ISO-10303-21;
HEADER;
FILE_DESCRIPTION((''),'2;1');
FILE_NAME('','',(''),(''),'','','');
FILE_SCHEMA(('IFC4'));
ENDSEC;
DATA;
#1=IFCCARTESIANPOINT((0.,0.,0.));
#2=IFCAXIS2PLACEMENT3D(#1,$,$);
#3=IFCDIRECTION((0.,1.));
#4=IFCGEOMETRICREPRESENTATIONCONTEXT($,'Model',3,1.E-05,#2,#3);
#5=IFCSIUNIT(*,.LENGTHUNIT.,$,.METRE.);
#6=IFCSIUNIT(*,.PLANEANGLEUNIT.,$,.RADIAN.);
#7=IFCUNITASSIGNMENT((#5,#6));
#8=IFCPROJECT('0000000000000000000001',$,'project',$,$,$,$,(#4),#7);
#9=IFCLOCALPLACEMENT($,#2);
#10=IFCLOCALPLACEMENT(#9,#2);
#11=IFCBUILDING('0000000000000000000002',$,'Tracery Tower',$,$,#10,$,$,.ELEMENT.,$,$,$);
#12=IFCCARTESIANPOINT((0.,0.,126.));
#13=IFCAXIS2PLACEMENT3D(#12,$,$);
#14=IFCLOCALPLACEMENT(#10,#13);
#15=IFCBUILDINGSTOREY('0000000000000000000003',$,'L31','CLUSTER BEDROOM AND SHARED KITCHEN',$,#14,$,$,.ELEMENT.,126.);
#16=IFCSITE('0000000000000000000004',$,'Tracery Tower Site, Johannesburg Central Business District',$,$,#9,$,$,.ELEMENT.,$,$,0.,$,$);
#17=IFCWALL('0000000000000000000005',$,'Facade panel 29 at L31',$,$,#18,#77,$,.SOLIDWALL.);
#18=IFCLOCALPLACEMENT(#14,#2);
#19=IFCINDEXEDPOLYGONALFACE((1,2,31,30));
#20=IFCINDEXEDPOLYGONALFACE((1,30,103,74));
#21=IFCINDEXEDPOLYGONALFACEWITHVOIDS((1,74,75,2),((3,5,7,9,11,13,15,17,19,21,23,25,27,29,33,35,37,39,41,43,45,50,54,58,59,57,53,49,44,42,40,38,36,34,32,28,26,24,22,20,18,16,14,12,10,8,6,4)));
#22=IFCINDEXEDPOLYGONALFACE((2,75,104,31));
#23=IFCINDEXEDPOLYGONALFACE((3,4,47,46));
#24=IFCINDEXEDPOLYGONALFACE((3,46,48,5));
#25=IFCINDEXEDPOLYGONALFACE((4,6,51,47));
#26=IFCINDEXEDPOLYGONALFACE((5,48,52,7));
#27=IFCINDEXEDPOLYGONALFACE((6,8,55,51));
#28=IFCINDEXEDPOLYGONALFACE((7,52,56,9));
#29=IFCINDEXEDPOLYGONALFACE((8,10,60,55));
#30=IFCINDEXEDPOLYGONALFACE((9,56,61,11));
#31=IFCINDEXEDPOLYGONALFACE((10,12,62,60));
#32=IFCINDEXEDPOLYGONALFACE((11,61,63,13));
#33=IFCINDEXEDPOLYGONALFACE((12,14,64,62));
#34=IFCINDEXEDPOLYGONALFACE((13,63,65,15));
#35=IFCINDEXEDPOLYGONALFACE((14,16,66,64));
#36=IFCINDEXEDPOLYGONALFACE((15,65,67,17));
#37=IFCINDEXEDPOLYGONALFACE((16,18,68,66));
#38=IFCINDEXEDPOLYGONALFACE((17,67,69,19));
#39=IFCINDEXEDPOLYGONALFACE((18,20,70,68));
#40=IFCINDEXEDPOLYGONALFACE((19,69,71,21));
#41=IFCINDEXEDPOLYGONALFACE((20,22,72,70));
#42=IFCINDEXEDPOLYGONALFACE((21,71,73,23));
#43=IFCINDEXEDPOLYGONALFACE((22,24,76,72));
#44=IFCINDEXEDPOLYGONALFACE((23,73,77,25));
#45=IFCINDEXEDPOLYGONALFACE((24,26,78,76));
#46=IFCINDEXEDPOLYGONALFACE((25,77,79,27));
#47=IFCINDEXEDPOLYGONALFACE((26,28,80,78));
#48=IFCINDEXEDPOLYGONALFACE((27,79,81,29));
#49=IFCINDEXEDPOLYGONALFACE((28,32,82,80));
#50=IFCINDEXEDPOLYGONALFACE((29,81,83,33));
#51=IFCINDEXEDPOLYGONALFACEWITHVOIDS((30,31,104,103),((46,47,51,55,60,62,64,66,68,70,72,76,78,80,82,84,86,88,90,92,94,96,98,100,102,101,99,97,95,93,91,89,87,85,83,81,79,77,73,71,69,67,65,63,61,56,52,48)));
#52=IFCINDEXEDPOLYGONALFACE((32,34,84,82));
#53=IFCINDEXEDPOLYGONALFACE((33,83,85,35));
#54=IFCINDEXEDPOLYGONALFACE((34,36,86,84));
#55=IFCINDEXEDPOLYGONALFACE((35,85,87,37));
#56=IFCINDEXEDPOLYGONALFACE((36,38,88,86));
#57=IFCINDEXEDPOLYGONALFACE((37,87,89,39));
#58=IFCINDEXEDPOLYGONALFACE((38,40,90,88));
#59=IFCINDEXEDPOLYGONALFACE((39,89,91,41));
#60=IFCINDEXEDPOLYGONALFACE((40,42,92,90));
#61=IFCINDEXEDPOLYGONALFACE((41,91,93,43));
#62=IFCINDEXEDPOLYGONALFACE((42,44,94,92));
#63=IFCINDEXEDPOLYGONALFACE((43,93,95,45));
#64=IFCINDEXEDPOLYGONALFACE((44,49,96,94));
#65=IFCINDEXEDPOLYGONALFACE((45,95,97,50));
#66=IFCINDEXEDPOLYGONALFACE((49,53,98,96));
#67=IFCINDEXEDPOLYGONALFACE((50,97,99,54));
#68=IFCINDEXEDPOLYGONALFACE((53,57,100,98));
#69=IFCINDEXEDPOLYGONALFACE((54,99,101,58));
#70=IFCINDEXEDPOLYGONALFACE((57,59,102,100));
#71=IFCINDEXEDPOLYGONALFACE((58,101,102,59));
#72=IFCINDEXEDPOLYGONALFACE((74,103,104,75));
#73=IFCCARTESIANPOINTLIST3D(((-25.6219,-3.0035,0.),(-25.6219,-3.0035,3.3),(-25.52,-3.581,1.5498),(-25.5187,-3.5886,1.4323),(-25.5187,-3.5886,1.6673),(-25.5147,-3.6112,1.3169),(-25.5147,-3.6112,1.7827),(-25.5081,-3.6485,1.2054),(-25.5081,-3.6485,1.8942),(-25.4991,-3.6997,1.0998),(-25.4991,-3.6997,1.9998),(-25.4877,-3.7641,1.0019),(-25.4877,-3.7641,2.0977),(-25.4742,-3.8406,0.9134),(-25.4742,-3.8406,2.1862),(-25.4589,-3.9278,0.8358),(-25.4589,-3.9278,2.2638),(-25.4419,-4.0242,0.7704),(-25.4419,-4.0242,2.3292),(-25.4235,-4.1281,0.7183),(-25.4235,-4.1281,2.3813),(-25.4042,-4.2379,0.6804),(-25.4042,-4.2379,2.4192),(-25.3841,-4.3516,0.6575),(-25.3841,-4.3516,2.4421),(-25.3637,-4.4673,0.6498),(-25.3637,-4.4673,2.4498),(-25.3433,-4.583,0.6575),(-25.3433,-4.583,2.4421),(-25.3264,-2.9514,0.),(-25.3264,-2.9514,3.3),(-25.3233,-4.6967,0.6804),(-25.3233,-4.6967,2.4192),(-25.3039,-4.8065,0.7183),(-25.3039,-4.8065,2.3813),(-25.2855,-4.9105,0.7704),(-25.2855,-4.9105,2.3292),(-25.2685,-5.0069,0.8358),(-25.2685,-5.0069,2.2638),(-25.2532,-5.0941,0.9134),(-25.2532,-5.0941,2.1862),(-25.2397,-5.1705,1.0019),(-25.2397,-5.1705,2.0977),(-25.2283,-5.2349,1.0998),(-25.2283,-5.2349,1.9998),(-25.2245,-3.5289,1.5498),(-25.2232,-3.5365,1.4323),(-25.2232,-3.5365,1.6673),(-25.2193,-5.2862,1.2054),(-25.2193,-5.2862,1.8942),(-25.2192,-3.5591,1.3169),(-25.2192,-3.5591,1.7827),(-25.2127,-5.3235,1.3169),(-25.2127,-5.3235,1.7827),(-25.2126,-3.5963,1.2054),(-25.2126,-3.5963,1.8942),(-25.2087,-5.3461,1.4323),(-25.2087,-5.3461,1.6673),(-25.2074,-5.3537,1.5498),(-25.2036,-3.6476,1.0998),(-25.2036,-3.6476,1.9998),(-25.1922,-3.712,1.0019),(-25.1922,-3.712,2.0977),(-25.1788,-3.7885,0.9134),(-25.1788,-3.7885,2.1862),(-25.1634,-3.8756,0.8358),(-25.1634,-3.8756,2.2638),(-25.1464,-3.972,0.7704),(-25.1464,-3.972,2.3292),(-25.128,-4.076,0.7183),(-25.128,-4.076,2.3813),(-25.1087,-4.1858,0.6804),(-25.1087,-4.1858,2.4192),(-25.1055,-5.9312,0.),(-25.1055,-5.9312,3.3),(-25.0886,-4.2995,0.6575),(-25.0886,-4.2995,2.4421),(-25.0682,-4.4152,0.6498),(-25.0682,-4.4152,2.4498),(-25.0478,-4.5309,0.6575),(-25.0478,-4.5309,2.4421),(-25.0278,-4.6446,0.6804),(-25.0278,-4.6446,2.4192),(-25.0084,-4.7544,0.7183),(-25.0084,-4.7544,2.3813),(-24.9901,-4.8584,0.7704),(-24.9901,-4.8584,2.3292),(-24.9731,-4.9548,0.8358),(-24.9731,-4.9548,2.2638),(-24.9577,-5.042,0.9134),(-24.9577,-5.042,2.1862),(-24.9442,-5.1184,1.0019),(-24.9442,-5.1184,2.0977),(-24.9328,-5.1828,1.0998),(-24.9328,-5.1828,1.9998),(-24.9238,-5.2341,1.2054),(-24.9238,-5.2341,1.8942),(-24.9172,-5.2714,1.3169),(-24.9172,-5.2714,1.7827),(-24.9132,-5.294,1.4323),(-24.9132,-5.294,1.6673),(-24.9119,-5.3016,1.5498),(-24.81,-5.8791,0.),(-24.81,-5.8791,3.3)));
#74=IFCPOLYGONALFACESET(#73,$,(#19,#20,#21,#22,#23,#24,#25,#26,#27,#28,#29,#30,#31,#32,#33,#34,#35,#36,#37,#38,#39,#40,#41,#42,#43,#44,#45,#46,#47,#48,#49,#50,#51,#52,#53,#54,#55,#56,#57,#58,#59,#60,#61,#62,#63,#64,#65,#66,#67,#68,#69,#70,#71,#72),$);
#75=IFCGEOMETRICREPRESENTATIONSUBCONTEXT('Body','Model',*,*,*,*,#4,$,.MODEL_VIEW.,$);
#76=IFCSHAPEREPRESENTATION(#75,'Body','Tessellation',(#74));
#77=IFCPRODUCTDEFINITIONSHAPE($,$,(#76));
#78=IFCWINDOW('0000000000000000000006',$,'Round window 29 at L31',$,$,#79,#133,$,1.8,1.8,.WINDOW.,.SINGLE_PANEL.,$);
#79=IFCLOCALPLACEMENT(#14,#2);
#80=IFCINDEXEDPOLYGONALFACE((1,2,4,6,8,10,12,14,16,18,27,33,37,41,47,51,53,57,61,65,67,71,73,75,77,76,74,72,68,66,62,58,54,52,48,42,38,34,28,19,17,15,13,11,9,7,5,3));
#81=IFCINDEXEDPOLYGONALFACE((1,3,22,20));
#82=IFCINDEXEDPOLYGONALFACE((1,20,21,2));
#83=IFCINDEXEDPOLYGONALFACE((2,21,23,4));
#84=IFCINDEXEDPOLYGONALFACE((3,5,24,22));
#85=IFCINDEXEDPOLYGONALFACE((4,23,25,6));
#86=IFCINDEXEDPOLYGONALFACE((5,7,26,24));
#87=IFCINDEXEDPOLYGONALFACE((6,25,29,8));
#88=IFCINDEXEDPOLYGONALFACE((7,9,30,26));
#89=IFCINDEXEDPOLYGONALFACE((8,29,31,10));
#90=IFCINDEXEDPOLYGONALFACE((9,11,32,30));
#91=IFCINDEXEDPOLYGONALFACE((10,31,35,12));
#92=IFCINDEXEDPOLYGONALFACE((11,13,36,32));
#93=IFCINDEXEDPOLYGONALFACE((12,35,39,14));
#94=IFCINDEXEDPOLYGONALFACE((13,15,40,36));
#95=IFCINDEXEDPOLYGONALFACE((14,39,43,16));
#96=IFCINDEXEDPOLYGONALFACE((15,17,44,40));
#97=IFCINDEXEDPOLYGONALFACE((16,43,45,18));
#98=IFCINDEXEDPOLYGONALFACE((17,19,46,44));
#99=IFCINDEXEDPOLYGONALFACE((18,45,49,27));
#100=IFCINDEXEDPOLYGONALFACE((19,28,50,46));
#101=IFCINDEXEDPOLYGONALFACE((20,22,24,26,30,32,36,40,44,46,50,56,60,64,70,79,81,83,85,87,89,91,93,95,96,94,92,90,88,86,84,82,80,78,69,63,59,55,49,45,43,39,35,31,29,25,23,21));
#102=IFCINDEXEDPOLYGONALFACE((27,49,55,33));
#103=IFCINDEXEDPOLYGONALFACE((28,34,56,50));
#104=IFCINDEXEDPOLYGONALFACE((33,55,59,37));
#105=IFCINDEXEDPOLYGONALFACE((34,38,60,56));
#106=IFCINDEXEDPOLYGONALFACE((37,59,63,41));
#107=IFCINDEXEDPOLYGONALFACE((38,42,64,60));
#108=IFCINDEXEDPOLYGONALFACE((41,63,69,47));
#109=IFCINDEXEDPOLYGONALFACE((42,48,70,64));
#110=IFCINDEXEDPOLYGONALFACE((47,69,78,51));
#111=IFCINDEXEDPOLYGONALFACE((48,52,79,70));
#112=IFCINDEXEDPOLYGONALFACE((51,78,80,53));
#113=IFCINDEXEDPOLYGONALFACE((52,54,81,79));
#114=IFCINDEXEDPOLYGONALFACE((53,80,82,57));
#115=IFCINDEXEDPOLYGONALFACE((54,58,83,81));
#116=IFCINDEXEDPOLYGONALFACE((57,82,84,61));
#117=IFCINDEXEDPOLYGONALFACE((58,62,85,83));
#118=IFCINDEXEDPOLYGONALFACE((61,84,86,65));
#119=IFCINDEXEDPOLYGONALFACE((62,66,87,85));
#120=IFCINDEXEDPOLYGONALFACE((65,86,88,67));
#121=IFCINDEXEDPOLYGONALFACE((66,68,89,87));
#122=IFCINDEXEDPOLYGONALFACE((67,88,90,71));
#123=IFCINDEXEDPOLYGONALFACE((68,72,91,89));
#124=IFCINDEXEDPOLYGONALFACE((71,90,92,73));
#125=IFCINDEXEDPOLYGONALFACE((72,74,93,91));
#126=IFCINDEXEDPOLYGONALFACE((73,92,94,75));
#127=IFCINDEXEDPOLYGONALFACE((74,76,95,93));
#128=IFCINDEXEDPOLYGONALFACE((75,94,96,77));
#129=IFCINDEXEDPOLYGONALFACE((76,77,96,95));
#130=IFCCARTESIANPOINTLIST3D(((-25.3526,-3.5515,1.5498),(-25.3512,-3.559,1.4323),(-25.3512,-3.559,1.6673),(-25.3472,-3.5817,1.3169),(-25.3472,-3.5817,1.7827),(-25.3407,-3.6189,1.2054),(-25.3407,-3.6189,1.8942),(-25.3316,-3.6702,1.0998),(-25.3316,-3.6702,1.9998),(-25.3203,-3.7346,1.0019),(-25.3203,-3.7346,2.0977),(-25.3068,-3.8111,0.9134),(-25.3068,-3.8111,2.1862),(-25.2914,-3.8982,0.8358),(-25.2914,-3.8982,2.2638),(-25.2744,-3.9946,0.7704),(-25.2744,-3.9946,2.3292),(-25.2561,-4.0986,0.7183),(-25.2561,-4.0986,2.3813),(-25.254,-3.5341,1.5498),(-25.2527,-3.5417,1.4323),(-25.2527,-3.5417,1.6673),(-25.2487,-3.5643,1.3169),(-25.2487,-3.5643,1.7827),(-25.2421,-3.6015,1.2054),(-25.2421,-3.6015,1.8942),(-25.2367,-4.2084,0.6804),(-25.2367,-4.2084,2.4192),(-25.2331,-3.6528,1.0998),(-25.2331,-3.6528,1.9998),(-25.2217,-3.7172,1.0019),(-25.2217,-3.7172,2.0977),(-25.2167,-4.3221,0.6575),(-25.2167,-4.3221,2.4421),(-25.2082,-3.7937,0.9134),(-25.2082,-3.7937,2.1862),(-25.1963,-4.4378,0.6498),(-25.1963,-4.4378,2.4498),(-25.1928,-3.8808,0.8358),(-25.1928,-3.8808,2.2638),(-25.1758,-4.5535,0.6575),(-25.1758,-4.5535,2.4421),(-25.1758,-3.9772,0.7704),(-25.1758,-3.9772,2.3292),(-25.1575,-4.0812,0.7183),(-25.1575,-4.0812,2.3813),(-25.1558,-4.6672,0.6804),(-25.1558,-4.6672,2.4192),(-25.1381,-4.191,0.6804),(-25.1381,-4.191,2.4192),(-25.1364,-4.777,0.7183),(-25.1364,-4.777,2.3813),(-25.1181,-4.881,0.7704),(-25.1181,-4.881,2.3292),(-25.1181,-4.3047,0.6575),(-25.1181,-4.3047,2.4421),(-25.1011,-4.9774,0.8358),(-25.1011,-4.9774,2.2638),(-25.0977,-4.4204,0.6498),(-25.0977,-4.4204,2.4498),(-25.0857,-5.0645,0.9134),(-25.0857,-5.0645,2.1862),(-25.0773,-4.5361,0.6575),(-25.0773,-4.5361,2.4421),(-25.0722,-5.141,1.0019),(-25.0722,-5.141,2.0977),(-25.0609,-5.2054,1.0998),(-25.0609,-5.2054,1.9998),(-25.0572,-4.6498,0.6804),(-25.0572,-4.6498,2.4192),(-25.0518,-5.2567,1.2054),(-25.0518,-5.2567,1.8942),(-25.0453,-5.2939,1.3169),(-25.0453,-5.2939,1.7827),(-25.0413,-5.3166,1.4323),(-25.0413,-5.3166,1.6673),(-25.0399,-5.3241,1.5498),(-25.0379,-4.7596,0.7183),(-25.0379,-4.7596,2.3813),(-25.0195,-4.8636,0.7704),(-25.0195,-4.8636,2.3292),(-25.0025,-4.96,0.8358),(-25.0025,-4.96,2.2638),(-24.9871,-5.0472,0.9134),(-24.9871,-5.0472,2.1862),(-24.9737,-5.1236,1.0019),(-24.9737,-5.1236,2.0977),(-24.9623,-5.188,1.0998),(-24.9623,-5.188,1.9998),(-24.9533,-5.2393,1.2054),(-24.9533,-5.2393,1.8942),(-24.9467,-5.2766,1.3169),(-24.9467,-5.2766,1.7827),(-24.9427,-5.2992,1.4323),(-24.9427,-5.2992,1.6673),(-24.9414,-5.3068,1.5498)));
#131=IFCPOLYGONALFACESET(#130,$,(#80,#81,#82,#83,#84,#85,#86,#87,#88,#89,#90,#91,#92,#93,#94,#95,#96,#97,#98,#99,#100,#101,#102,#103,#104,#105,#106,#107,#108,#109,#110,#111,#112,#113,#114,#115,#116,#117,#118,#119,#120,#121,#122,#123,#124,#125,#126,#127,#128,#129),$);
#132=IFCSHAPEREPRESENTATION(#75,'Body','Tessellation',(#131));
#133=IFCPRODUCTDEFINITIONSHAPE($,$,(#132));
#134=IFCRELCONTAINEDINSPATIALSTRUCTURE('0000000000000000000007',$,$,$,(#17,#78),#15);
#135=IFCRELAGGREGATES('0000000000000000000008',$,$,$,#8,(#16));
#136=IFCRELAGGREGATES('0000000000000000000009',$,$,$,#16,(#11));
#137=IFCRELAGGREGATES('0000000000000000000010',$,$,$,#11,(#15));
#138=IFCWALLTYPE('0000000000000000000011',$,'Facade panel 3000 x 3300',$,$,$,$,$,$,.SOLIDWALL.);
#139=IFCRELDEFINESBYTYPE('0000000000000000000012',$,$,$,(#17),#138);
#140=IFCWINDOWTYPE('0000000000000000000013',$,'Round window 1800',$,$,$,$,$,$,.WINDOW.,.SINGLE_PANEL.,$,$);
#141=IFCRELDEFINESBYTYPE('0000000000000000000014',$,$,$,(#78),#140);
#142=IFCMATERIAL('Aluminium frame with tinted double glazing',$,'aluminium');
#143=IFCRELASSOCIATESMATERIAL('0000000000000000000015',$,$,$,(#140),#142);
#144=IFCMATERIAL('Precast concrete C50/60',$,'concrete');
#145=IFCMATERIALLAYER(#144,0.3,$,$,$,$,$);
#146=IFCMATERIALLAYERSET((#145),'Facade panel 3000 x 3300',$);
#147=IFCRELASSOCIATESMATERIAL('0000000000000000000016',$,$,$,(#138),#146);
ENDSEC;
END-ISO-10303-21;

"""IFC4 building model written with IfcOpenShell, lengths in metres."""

from ifc_helpers import new_model, si_unit, direction, frame, frame_2d, origin, origin_2d, place, context, subcontext, project, spatial, rectangle, circle, extrude, material, layer, layer_set, type_object, element, fill, save


model = new_model("IFC4")

# Units and contexts
model_context = context("Model", 3, precision=1e-05, world=origin(), true_north=direction((0.0, 1.0)))
body_context = subcontext(model_context, "Body", "Model", "MODEL_VIEW")
ifc_project = project(units=[si_unit("LENGTHUNIT", "METRE"), si_unit("PLANEANGLEUNIT", "RADIAN")], contexts=[model_context])

# Site, building, storey
site_placement = place(None, origin())
site = spatial("IfcSite", under=ifc_project, at=site_placement, Name="Tracery Tower Site, Johannesburg Central Business District", CompositionType="ELEMENT", RefElevation=0.0)
building_placement = place(site_placement, origin())
building = spatial("IfcBuilding", under=site, at=building_placement, Name="Tracery Tower", CompositionType="ELEMENT")
storey_placement = place(building_placement, frame((0.0, 0.0, 126.0)))
storey = spatial("IfcBuildingStorey", under=building, at=storey_placement, Name="L31", Description="CLUSTER BEDROOM AND SHARED KITCHEN", CompositionType="ELEMENT", Elevation=126.0)

# Wall, opening, window
ifc_material_1 = material(Name="Aluminium frame with tinted double glazing", Category="aluminium")
window_type = type_object("IfcWindowType", Name="Round window 1800", PartitioningType="SINGLE_PANEL", PredefinedType="WINDOW", material=ifc_material_1)
ifc_material_2 = material(Name="Precast concrete C50/60", Category="concrete")
ifc_layer_1 = layer(ifc_material_2, 0.3)
ifc_layer_set_1 = layer_set([ifc_layer_1], Name="Facade panel 3000 x 3300")
wall_type_1 = type_object("IfcWallType", Name="Facade panel 3000 x 3300", PredefinedType="SOLIDWALL", material=ifc_layer_set_1)
wall_1_placement = place(storey_placement, frame((-25.4741, -2.9775, 0.0), z_axis=(0.0, 0.0, 1.0), x_axis=(0.173687, -0.984801, 0.0)))
wall_1 = element("IfcWall", 1, at=wall_1_placement, inside=storey, type_object=wall_type_1, Name="Facade panel 29 at L31", PredefinedType="SOLIDWALL", context=body_context, shape_type="SweptSolid", body=[
    extrude(rectangle(XDim=2.9729, YDim=0.3, at=frame_2d((1.4863, 0.0))), origin(), (0.0, 0.0, 1.0), 3.3),
])
opening_1_placement = place(wall_1_placement, frame((1.4863, 0.0, 1.5498)))
opening_1 = element("IfcOpeningElement", 2, at=opening_1_placement, cuts=wall_1, PredefinedType="OPENING", context=body_context, shape_type="SweptSolid", body=[
    extrude(circle(Radius=0.9, at=origin_2d()), frame((0.0, 0.1599, 0.0), z_axis=(0.0, -1.0, 0.0), x_axis=(1.0, 0.0, 0.0)), (0.0, 0.0, 1.0), 0.3201),
])
window_1_placement = place(opening_1_placement, origin())
window_1 = element("IfcWindow", 3, at=window_1_placement, inside=storey, type_object=window_type, Name="Round window 29 at L31", OverallHeight=1.8, OverallWidth=1.8, PartitioningType="SINGLE_PANEL", PredefinedType="WINDOW", context=body_context, shape_type="SweptSolid", body=[
    extrude(circle(Radius=0.9, at=origin_2d()), frame((0.0, 0.1201, 0.0), z_axis=(0.0, -1.0, 0.0), x_axis=(1.0, 0.0, 0.0)), (0.0, 0.0, 1.0), 0.1001),
])
fill(opening_1, window_1)

save(model, "model.ifc")
